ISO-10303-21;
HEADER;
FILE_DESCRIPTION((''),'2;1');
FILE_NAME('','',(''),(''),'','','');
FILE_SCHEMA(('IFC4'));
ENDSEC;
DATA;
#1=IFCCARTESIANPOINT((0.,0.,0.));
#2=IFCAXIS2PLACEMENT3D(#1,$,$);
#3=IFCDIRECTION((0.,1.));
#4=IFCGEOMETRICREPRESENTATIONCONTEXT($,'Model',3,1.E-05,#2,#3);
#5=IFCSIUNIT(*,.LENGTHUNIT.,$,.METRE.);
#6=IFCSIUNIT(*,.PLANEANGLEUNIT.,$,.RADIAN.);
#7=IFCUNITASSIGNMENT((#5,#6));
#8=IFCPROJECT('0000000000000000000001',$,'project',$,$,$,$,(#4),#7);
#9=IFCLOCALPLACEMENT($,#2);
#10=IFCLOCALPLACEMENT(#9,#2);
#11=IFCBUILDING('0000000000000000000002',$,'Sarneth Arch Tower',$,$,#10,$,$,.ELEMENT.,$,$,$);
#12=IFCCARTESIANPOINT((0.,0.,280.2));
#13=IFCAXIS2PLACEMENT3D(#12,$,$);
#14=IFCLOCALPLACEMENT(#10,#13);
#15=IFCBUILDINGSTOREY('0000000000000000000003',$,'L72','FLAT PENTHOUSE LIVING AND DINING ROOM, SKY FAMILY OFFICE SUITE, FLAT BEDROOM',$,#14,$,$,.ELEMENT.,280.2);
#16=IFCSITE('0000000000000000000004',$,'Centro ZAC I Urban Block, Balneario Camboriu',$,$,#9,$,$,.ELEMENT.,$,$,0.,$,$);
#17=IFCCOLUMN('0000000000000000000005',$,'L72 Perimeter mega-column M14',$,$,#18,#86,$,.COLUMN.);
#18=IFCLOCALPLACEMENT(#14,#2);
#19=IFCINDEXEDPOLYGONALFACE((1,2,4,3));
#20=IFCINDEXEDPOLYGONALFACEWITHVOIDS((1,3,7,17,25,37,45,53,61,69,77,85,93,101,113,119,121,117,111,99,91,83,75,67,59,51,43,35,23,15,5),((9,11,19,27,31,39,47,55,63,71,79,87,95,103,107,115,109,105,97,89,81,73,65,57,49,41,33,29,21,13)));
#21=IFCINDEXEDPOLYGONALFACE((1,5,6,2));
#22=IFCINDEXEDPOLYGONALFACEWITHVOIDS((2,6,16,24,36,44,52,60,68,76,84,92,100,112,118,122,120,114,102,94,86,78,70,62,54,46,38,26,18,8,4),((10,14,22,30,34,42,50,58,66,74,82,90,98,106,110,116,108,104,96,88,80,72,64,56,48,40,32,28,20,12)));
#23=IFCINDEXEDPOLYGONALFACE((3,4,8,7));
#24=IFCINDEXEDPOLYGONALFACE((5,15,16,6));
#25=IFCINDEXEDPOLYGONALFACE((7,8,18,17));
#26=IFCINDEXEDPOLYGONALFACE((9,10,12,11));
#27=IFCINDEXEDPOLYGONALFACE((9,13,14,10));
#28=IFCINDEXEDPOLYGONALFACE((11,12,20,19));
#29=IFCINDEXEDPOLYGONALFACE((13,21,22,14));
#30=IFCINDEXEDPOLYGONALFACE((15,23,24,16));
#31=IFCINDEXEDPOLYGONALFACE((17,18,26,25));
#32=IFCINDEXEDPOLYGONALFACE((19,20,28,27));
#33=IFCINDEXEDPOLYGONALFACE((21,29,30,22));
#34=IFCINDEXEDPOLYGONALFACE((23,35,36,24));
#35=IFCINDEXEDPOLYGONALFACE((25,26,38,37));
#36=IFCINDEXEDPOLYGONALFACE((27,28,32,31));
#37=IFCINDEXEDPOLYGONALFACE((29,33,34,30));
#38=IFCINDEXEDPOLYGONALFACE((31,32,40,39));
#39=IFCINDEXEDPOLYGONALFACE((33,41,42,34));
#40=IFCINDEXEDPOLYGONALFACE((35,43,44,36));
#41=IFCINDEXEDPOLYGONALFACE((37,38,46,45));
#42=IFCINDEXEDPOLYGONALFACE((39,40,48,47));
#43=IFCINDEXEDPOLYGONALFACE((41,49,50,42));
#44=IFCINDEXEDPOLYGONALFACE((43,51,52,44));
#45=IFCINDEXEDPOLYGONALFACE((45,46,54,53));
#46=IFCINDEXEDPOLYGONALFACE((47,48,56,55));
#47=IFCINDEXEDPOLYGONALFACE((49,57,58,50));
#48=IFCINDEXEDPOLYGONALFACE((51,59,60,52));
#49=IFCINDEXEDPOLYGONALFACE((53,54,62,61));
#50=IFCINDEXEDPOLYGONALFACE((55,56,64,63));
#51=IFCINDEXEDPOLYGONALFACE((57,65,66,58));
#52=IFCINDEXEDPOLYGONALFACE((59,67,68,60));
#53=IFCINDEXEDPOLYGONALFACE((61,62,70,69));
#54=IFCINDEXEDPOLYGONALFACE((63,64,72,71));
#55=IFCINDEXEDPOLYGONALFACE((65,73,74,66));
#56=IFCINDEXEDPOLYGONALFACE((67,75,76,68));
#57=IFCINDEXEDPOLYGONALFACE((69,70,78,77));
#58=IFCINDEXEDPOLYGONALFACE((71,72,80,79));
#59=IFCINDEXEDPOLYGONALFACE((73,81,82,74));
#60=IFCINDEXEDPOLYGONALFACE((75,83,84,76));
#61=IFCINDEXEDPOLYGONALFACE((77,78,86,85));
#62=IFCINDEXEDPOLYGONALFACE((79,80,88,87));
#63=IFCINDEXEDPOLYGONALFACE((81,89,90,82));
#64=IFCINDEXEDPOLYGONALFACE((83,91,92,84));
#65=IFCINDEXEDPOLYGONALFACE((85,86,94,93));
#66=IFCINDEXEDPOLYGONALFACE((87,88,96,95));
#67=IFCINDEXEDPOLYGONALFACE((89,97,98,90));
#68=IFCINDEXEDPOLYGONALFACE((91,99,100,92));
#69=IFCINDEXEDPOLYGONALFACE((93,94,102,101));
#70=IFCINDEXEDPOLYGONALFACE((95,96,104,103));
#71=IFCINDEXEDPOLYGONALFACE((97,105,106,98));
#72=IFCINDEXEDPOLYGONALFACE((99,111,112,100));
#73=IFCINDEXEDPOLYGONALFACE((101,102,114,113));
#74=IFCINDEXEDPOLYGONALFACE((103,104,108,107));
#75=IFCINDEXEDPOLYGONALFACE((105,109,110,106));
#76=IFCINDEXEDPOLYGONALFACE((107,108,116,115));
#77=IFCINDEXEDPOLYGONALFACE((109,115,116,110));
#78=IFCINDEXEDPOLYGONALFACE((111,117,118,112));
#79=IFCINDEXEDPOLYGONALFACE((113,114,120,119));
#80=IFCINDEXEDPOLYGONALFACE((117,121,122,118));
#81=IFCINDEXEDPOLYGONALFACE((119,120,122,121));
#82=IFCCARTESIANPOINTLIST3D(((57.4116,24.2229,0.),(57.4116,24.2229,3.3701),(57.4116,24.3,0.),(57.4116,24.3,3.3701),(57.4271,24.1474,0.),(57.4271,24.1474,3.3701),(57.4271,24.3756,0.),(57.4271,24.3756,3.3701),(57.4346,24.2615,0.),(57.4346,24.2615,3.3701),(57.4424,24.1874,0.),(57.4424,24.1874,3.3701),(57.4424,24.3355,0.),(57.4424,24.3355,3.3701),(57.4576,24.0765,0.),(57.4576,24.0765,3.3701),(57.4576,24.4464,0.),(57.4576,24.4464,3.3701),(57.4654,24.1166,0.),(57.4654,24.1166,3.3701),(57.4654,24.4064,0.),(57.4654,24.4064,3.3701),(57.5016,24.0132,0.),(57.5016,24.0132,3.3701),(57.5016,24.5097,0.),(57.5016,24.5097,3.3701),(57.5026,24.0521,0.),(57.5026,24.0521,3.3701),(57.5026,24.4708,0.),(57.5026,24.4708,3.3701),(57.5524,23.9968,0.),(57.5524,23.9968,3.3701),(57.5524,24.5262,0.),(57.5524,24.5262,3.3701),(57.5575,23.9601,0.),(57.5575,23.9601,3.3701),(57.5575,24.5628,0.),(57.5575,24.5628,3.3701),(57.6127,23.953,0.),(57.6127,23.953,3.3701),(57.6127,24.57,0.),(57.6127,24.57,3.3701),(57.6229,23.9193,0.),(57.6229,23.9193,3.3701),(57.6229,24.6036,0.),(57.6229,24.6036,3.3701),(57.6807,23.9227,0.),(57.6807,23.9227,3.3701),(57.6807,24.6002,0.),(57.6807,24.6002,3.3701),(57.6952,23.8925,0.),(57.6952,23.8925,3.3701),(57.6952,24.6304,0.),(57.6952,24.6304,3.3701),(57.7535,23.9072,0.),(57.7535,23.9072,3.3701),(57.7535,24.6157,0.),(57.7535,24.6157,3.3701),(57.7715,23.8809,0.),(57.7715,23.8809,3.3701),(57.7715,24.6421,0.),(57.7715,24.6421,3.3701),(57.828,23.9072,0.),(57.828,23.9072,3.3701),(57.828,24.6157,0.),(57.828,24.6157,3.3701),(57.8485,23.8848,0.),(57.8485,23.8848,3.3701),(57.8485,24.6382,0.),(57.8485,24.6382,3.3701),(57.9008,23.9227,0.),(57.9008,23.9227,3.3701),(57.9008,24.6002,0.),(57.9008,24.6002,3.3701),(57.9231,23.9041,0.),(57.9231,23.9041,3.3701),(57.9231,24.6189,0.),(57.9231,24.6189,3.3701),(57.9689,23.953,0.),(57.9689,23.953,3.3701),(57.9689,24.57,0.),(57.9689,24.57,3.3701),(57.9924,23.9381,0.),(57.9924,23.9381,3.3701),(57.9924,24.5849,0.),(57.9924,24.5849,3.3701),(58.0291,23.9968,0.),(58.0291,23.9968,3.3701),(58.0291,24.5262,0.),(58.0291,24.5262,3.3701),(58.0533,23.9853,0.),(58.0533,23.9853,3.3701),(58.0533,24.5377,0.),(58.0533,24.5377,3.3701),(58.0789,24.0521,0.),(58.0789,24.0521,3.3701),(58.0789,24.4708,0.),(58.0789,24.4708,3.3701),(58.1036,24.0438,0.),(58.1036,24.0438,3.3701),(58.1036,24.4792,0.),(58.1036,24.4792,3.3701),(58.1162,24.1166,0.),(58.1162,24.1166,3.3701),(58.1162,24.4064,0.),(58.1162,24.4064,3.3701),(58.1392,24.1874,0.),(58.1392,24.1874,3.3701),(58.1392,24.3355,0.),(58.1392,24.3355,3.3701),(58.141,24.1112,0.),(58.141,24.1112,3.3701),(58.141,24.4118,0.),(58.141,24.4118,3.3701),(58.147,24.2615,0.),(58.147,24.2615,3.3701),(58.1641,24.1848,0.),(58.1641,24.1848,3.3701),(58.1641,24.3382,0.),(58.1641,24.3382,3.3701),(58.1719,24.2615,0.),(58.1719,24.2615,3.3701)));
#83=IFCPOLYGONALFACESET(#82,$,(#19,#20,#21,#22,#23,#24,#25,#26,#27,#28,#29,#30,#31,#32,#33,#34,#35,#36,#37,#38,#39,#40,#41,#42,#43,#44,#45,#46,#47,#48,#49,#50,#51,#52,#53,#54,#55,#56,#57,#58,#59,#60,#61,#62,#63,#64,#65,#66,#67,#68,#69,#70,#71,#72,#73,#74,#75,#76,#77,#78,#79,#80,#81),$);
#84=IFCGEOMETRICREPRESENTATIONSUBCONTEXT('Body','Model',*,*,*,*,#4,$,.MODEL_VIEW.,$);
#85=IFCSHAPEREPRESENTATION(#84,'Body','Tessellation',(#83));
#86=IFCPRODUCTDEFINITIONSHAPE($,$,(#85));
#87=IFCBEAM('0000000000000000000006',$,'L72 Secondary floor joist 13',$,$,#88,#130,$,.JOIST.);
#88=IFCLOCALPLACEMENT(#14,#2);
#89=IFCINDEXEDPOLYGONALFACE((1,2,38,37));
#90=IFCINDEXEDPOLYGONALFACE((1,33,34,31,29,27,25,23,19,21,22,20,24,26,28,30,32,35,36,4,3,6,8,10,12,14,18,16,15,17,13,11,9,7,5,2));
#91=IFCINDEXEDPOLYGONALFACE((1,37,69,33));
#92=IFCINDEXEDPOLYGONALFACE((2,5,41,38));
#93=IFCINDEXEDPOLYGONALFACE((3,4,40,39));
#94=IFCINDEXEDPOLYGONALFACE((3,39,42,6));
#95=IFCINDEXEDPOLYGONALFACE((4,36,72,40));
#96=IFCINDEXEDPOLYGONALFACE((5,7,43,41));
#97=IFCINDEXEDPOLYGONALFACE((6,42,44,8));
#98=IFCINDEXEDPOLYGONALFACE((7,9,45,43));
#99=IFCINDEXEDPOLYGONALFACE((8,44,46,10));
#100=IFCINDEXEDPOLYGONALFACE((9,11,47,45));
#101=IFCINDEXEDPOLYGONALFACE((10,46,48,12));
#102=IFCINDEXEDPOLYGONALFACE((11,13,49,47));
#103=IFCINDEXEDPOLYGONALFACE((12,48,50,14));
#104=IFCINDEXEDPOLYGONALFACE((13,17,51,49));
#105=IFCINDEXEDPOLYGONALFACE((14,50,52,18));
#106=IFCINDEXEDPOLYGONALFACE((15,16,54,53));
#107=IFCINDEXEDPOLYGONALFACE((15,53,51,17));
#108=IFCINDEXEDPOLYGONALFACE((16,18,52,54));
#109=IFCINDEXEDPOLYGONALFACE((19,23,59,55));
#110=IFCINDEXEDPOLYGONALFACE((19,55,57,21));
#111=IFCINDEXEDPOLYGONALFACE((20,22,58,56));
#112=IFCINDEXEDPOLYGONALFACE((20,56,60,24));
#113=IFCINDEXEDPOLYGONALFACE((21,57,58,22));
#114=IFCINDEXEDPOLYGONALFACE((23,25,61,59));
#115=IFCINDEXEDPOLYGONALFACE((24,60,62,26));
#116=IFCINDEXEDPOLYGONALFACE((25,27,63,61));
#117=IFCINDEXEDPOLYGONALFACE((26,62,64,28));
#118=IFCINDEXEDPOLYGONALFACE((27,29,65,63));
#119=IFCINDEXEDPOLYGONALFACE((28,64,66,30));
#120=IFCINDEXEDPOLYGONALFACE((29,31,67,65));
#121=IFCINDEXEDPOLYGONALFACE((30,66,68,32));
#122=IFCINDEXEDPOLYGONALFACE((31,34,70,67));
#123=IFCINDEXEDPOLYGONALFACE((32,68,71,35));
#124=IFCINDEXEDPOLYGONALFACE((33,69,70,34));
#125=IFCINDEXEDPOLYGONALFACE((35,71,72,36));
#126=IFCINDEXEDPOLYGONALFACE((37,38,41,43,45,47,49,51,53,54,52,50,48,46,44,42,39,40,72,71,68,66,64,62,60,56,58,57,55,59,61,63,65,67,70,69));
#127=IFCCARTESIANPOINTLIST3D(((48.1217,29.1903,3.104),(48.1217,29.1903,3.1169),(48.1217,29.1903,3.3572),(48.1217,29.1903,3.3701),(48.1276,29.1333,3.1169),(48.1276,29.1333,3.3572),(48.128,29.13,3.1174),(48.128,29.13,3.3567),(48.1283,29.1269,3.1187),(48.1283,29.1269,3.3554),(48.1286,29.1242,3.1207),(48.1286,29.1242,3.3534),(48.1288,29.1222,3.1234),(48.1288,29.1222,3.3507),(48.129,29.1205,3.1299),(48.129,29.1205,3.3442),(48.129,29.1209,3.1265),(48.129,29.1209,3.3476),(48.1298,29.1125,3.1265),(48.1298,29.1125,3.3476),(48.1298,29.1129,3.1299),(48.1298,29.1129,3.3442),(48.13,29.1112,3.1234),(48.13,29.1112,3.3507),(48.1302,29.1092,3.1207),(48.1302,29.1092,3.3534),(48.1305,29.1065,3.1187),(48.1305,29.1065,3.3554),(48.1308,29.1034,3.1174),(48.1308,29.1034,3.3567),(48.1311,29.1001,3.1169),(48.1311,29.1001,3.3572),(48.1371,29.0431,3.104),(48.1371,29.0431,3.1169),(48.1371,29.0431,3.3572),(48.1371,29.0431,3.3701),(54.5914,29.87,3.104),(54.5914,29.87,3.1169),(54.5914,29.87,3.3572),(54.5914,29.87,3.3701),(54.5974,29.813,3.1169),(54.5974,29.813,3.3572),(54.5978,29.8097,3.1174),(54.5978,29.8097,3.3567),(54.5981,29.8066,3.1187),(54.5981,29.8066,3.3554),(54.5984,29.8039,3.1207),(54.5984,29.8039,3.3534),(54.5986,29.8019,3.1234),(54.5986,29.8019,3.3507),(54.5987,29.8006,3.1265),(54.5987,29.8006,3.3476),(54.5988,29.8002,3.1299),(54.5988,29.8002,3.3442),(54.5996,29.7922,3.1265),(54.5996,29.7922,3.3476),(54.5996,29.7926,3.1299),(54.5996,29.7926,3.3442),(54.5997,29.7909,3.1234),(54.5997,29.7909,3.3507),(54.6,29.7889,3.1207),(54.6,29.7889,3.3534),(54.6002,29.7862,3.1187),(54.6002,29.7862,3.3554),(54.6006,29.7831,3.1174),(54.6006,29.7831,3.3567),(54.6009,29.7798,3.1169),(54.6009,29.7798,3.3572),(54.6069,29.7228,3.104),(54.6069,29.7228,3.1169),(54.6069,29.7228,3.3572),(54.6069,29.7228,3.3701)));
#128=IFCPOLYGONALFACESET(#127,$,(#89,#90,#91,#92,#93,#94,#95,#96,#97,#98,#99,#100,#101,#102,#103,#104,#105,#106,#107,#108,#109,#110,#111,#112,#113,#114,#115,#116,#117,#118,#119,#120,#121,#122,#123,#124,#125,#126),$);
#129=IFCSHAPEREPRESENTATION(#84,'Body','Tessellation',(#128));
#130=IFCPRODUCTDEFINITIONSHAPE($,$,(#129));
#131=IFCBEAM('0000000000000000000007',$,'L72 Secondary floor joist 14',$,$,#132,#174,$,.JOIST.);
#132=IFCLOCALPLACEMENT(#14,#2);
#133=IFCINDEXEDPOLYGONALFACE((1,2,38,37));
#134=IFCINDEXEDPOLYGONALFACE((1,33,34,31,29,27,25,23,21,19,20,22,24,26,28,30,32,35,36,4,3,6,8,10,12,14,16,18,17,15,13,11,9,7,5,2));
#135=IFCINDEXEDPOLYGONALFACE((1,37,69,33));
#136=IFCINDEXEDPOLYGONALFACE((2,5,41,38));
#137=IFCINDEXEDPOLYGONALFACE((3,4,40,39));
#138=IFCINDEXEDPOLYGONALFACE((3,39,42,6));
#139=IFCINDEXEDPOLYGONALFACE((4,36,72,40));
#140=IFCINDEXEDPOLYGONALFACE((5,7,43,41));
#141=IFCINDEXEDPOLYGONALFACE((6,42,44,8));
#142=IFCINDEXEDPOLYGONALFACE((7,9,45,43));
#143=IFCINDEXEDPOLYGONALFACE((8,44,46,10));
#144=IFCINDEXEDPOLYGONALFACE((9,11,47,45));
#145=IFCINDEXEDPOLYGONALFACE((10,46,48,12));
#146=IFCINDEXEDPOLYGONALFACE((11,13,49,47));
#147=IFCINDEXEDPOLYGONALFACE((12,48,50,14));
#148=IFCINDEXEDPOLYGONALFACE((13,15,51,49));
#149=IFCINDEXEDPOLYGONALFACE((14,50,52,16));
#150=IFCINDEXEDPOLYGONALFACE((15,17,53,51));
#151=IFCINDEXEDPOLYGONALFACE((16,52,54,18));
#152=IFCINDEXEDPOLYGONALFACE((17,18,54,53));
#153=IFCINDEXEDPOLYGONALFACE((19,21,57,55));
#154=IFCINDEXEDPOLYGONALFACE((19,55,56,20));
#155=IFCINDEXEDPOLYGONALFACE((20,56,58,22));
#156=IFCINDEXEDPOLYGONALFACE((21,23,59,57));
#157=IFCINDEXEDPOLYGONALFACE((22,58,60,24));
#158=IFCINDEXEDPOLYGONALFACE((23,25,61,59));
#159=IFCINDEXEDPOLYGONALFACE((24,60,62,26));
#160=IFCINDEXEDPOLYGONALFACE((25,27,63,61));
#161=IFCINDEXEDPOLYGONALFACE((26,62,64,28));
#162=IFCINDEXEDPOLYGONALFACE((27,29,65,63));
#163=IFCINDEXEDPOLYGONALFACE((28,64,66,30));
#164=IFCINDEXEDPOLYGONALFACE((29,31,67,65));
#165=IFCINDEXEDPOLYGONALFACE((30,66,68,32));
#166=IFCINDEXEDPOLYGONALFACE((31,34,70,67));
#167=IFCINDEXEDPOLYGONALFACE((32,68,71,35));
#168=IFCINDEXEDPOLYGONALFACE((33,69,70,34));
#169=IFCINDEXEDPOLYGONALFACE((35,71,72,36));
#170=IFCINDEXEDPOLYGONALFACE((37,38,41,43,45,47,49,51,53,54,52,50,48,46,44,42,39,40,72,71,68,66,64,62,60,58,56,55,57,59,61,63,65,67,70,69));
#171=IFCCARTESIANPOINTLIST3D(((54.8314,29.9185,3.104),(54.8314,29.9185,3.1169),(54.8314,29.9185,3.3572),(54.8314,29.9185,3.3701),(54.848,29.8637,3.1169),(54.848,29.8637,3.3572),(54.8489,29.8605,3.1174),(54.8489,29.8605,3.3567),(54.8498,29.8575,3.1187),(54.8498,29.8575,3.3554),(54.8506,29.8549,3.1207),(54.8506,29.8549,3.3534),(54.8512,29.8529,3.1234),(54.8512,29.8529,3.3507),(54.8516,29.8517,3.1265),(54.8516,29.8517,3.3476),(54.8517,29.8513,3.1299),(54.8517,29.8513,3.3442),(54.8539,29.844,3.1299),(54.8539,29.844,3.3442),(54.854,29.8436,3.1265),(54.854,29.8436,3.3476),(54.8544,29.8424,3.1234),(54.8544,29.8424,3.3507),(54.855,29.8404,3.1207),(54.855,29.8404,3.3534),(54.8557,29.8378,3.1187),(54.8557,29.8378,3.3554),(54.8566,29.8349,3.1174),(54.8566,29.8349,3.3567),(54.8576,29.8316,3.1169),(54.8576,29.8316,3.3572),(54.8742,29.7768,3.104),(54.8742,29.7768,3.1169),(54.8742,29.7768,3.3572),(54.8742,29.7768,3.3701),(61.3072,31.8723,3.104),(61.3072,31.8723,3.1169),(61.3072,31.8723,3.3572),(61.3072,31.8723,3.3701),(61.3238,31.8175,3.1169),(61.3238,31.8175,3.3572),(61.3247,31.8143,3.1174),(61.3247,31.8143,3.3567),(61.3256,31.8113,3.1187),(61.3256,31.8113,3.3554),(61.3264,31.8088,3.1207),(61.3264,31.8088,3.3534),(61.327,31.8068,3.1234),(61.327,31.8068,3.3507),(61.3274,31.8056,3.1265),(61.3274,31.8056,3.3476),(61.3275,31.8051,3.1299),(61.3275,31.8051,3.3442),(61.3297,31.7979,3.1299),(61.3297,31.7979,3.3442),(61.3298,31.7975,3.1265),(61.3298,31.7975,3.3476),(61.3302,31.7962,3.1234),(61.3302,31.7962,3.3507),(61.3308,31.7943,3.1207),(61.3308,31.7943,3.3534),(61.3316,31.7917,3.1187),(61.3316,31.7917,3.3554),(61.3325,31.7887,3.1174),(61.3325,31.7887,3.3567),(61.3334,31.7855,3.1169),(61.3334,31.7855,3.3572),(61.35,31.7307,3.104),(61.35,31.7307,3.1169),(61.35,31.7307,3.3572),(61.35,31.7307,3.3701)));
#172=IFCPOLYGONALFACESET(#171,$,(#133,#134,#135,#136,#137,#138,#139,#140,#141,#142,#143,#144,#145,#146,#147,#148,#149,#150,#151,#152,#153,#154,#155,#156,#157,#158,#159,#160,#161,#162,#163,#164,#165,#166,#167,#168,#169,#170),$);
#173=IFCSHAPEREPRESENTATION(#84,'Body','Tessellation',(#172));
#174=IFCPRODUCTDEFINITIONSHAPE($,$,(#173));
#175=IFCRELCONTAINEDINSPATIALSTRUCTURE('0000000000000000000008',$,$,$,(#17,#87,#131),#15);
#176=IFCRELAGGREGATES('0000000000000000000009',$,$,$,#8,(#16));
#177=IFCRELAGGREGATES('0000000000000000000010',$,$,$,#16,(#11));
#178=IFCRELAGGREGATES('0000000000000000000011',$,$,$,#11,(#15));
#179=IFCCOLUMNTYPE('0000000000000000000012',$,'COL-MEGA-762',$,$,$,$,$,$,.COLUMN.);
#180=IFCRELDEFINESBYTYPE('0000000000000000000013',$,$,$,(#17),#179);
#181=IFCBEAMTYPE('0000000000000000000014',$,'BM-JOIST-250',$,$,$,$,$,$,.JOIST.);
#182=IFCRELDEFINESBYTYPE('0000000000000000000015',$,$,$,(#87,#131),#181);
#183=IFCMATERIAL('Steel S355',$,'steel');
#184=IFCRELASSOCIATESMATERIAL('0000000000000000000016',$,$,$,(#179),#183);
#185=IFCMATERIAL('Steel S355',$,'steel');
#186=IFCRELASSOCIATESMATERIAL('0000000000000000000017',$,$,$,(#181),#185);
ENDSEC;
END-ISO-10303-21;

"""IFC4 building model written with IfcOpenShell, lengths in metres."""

from ifc_helpers import new_model, si_unit, direction, frame, origin, origin_2d, place, context, subcontext, project, spatial, hollow_circle, i_section, extrude, material, material_profile, profile_set, type_object, element, save


model = new_model("IFC4")

# Units and contexts
model_context = context("Model", 3, precision=1e-05, world=origin(), true_north=direction((0.0, 1.0)))
body_context = subcontext(model_context, "Body", "Model", "MODEL_VIEW")
ifc_project = project(units=[si_unit("LENGTHUNIT", "METRE"), si_unit("PLANEANGLEUNIT", "RADIAN")], contexts=[model_context])

# Site, building, storey
site_placement = place(None, origin())
site = spatial("IfcSite", under=ifc_project, at=site_placement, Name="Centro ZAC I Urban Block, Balneario Camboriu", CompositionType="ELEMENT", RefElevation=0.0)
building_placement = place(site_placement, origin())
building = spatial("IfcBuilding", under=site, at=building_placement, Name="Sarneth Arch Tower", CompositionType="ELEMENT")
storey_placement = place(building_placement, frame((0.0, 0.0, 280.2)))
storey = spatial("IfcBuildingStorey", under=building, at=storey_placement, Name="L72", Description="FLAT PENTHOUSE LIVING AND DINING ROOM, SKY FAMILY OFFICE SUITE, FLAT BEDROOM", CompositionType="ELEMENT", Elevation=280.2)

# Column
ifc_material_1 = material(Name="Steel S355", Category="steel")
ifc_material_profile_1 = material_profile(ifc_material_1, hollow_circle(Radius=0.3811, WallThickness=0.0249, at=origin_2d()), Name="CHS762x25")
ifc_profile_set_1 = profile_set([ifc_material_profile_1], Name="Steel S355")
column_type = type_object("IfcColumnType", Name="COL-MEGA-762", PredefinedType="COLUMN", material=ifc_profile_set_1)
column_placement = place(storey_placement, frame((57.7908, 24.2615, 0.0), z_axis=(0.0, 0.0, 1.0), x_axis=(1.0, 0.0, 0.0)))
element("IfcColumn", 1, at=column_placement, inside=storey, type_object=column_type, Name="L72 Perimeter mega-column M14", PredefinedType="COLUMN", context=body_context, shape_type="SweptSolid", body=[
    extrude(hollow_circle(Radius=0.3811, WallThickness=0.0249, at=origin_2d()), origin(), (0.0, 0.0, 1.0), 3.3701),
])

# Beams
ifc_material_2 = material(Name="Steel S355", Category="steel")
ifc_material_profile_2 = material_profile(ifc_material_2, i_section(OverallWidth=0.1479, OverallDepth=0.2661, WebThickness=0.0076, FlangeThickness=0.0129, FilletRadius=0.0129, at=origin_2d()), Name="W250x44.8")
ifc_profile_set_2 = profile_set([ifc_material_profile_2], Name="Steel S355")
beam_type_1 = type_object("IfcBeamType", Name="BM-JOIST-250", PredefinedType="JOIST", material=ifc_profile_set_2)
beam_1_placement = place(storey_placement, frame((48.1294, 29.1167, 3.2371), z_axis=(0.994527, 0.104482, 0.0), x_axis=(-0.104482, 0.994527, 0.0)))
element("IfcBeam", 2, at=beam_1_placement, inside=storey, type_object=beam_type_1, Name="L72 Secondary floor joist 13", PredefinedType="JOIST", context=body_context, shape_type="SweptSolid", body=[
    extrude(i_section(OverallWidth=0.1479, OverallDepth=0.2661, WebThickness=0.0076, FlangeThickness=0.0129, FilletRadius=0.0129, at=origin_2d()), origin(), (0.0, 0.0, 1.0), 6.5054),
])
beam_2_placement = place(storey_placement, frame((54.8528, 29.8477, 3.2371), z_axis=(0.957373, 0.288854, 0.0), x_axis=(-0.288854, 0.957373, 0.0)))
element("IfcBeam", 3, at=beam_2_placement, inside=storey, type_object=beam_type_1, Name="L72 Secondary floor joist 14", PredefinedType="JOIST", context=body_context, shape_type="SweptSolid", body=[
    extrude(i_section(OverallWidth=0.1479, OverallDepth=0.2661, WebThickness=0.0076, FlangeThickness=0.0129, FilletRadius=0.0129, at=origin_2d()), origin(), (0.0, 0.0, 1.0), 6.7642),
])

save(model, "model.ifc")
